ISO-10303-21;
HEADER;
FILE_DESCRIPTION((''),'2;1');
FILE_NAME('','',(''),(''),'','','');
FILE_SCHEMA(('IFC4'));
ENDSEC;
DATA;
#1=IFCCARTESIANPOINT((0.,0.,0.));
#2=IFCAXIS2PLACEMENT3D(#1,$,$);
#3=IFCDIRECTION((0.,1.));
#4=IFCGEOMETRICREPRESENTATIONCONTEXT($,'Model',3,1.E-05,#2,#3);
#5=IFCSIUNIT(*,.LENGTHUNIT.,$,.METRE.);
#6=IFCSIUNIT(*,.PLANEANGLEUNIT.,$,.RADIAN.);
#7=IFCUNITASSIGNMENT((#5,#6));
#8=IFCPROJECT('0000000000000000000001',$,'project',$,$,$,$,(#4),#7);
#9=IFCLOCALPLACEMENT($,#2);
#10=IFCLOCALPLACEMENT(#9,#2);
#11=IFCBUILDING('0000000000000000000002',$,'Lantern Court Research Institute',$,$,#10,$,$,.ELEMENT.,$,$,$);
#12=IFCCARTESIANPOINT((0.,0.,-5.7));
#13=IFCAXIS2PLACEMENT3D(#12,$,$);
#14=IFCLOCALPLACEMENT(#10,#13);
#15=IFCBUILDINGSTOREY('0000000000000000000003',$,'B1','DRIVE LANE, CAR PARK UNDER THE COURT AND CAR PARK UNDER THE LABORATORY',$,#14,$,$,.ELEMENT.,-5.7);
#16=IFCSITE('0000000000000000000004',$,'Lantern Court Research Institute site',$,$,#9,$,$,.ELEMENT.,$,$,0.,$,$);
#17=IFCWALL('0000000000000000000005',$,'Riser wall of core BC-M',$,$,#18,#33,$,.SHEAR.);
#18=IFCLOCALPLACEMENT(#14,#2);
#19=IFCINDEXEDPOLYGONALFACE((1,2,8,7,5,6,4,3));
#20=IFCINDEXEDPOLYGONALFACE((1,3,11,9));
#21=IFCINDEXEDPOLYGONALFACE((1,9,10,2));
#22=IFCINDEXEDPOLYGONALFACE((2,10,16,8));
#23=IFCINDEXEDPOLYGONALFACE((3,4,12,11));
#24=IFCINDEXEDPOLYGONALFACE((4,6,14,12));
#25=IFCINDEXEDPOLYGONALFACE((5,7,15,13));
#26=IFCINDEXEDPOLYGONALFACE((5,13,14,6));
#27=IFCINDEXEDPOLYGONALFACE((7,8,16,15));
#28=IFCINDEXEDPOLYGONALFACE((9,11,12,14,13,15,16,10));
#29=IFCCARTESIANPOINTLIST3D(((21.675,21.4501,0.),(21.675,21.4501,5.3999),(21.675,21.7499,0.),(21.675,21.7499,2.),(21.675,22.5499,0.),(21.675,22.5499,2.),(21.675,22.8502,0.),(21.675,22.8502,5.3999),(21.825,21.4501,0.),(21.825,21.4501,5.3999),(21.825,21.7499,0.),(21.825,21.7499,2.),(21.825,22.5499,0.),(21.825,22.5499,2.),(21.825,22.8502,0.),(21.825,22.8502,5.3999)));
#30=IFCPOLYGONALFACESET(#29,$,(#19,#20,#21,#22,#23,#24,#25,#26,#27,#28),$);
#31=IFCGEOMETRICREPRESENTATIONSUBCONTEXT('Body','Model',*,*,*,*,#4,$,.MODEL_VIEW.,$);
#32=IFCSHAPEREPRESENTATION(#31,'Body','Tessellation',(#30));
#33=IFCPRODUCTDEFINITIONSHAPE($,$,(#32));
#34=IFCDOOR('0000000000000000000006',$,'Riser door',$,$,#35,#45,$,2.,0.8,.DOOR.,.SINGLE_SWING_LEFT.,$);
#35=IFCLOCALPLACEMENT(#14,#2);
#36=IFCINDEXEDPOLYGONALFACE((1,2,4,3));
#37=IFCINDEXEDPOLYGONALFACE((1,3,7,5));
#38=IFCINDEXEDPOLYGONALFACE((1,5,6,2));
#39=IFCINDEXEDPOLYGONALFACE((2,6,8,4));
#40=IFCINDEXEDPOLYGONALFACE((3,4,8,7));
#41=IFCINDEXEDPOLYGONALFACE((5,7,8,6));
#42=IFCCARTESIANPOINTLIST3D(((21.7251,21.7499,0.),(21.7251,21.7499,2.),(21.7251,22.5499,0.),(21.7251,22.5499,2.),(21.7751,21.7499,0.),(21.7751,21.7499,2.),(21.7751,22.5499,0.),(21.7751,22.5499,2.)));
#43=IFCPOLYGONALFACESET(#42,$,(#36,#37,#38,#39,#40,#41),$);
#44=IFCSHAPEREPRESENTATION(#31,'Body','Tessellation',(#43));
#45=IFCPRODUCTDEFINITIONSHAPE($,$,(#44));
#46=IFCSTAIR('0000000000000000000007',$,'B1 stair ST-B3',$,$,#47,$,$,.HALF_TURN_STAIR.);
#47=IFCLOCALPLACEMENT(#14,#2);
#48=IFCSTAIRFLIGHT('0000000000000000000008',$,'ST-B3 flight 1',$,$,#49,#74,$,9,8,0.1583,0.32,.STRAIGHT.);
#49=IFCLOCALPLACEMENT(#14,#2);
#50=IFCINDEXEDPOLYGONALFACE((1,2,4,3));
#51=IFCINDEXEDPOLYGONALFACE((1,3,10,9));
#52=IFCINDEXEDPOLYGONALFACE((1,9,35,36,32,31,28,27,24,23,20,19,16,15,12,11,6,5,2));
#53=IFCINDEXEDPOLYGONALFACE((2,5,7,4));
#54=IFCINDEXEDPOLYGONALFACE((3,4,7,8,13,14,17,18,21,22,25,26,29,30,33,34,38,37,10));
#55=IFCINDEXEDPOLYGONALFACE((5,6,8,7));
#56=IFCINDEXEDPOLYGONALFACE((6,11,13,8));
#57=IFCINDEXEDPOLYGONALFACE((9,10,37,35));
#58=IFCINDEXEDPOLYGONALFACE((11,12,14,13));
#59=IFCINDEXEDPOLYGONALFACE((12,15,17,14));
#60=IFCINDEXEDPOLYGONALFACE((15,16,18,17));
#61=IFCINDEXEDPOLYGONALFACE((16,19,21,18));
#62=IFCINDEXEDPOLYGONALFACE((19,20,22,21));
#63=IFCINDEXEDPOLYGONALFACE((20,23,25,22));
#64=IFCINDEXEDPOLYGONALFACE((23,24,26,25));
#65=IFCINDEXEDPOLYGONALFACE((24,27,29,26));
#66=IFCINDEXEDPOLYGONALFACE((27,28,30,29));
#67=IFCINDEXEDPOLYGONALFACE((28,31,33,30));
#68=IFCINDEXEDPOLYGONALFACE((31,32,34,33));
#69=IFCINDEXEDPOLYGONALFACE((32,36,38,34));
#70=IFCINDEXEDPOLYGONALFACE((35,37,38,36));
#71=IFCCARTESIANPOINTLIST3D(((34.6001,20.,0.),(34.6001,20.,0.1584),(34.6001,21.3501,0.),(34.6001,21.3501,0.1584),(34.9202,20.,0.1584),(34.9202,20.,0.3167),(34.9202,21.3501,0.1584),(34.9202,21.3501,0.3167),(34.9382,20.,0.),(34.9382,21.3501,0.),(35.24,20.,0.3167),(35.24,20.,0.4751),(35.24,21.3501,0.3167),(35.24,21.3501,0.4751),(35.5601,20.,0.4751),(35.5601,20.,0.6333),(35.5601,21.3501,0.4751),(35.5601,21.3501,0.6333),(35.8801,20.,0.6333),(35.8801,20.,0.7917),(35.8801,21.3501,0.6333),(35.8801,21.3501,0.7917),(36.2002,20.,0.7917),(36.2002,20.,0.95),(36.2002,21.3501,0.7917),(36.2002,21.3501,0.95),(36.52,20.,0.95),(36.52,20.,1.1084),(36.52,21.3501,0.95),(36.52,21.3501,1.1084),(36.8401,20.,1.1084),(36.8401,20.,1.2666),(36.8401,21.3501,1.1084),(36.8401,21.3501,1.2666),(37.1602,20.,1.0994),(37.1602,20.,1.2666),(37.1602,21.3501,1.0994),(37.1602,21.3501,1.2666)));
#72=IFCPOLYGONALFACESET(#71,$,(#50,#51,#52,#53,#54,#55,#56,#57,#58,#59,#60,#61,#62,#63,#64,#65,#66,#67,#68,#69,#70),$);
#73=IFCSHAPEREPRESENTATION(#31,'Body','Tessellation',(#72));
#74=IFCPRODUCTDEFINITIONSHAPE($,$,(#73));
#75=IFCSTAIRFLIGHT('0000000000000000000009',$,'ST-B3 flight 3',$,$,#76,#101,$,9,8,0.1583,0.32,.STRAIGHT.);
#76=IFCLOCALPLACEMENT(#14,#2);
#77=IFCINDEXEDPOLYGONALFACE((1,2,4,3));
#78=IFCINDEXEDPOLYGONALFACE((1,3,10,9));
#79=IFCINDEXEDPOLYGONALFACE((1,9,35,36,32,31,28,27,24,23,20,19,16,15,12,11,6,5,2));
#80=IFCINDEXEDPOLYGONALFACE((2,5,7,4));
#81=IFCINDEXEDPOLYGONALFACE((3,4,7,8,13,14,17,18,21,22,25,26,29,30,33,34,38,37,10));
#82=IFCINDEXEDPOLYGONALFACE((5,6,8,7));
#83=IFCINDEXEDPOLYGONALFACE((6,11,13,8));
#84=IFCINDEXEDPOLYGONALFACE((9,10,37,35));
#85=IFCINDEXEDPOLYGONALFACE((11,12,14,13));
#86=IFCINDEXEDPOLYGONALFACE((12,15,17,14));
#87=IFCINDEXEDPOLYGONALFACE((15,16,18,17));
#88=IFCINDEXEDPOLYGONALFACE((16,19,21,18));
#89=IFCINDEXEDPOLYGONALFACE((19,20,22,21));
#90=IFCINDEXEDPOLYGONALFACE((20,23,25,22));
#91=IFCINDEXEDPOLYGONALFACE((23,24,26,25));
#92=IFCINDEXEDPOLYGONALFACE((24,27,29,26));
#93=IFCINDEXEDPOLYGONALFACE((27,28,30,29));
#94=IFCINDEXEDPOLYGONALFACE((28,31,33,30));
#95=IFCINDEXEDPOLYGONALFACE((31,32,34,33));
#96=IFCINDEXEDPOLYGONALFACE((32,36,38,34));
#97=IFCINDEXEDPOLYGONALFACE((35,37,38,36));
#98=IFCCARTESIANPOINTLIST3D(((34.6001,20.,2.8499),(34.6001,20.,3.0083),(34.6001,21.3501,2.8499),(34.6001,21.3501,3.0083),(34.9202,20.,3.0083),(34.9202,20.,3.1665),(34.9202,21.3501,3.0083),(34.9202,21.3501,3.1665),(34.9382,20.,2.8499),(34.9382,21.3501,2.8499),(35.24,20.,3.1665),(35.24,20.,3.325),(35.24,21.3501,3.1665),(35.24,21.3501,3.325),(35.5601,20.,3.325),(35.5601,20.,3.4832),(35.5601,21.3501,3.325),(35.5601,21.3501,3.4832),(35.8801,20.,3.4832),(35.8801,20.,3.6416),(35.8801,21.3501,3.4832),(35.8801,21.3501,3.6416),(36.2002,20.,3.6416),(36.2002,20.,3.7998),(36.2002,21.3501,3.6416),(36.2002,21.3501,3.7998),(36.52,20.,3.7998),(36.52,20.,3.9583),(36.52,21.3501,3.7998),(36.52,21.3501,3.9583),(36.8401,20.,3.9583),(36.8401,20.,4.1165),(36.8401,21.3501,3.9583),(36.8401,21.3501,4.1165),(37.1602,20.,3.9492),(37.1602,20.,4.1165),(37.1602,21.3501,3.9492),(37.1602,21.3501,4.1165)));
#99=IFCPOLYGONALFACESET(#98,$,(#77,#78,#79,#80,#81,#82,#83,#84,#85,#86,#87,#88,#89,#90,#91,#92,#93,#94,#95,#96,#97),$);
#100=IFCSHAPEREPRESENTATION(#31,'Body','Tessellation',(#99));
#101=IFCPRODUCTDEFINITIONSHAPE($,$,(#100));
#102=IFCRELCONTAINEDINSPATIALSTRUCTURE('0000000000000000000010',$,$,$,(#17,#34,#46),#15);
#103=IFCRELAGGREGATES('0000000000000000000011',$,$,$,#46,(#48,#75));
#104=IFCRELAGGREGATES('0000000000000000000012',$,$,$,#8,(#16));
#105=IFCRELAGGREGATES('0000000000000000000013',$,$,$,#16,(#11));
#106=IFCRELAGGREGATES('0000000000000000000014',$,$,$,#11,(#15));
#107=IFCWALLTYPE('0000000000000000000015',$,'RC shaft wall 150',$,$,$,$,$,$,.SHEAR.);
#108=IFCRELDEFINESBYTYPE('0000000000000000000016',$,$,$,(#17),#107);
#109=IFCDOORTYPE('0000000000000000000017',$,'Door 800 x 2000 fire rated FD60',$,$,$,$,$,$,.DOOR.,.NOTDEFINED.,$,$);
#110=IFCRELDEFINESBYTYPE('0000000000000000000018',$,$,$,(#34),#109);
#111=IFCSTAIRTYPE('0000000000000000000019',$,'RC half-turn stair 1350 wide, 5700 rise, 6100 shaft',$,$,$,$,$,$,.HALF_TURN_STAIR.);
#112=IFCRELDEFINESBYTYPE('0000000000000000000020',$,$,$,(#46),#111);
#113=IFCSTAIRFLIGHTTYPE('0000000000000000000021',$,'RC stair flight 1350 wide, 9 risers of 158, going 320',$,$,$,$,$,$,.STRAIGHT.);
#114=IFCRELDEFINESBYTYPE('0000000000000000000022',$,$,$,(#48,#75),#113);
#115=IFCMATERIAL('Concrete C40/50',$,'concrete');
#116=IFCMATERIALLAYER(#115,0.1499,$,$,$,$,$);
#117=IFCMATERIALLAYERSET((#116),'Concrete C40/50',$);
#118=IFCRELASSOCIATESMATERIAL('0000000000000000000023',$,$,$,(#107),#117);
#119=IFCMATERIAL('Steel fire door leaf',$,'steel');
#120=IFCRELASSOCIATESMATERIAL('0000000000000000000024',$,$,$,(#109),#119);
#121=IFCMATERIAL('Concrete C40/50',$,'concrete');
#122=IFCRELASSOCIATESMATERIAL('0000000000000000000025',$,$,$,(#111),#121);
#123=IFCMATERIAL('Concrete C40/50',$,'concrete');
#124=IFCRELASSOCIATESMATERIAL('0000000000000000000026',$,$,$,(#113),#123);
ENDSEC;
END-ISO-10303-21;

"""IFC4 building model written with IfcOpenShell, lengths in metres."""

from ifc_helpers import new_model, si_unit, direction, frame, frame_2d, origin, place, context, subcontext, project, spatial, polyline, rectangle, outline, extrude, material, layer, layer_set, type_object, element, fill, aggregate, save


model = new_model("IFC4")

# Units and contexts
model_context = context("Model", 3, precision=1e-05, world=origin(), true_north=direction((0.0, 1.0)))
body_context = subcontext(model_context, "Body", "Model", "MODEL_VIEW")
ifc_project = project(units=[si_unit("LENGTHUNIT", "METRE"), si_unit("PLANEANGLEUNIT", "RADIAN")], contexts=[model_context])

# Site, building, storey
site_placement = place(None, origin())
site = spatial("IfcSite", under=ifc_project, at=site_placement, Name="Lantern Court Research Institute site", CompositionType="ELEMENT", RefElevation=0.0)
building_placement = place(site_placement, origin())
building = spatial("IfcBuilding", under=site, at=building_placement, Name="Lantern Court Research Institute", CompositionType="ELEMENT")
storey_placement = place(building_placement, frame((0.0, 0.0, -5.7)))
storey = spatial("IfcBuildingStorey", under=building, at=storey_placement, Name="B1", Description="DRIVE LANE, CAR PARK UNDER THE COURT AND CAR PARK UNDER THE LABORATORY", CompositionType="ELEMENT", Elevation=-5.7)

# Wall, opening, door
ifc_material_1 = material(Name="Concrete C40/50", Category="concrete")
ifc_layer_1 = layer(ifc_material_1, 0.1499)
ifc_layer_set_1 = layer_set([ifc_layer_1], Name="Concrete C40/50")
wall_type_1 = type_object("IfcWallType", Name="RC shaft wall 150", PredefinedType="SHEAR", material=ifc_layer_set_1)
wall_1_placement = place(storey_placement, frame((21.75, 21.45, 0.0), z_axis=(0.0, 0.0, 1.0), x_axis=(0.0, 1.0, 0.0)))
wall_1 = element("IfcWall", 1, at=wall_1_placement, inside=storey, type_object=wall_type_1, Name="Riser wall of core BC-M", PredefinedType="SHEAR", context=body_context, shape_type="SweptSolid", body=[
    extrude(rectangle(XDim=1.4001, YDim=0.1499, at=frame_2d((0.7002, 0.0))), origin(), (0.0, 0.0, 1.0), 5.3999),
])
opening_placement = place(wall_1_placement, frame((0.3, 0.0, 0.0)))
opening = element("IfcOpeningElement", 2, at=opening_placement, cuts=wall_1, PredefinedType="OPENING", context=body_context, shape_type="SweptSolid", body=[
    extrude(rectangle(XDim=0.8, YDim=2.0, at=frame_2d((0.3999, 1.0))), frame((0.0, 0.085, 0.0), z_axis=(0.0, -1.0, 0.0), x_axis=(1.0, 0.0, 0.0)), (0.0, 0.0, 1.0), 0.1699),
])
ifc_material_2 = material(Name="Steel fire door leaf", Category="steel")
door_type = type_object("IfcDoorType", Name="Door 800 x 2000 fire rated FD60", OperationType="NOTDEFINED", PredefinedType="DOOR", material=ifc_material_2)
door_placement = place(opening_placement, origin())
door = element("IfcDoor", 3, at=door_placement, inside=storey, type_object=door_type, Name="Riser door", OperationType="SINGLE_SWING_LEFT", OverallHeight=2.0, OverallWidth=0.8, PredefinedType="DOOR", context=body_context, shape_type="SweptSolid", body=[
    extrude(rectangle(XDim=0.8, YDim=2.0, at=frame_2d((0.3999, 1.0))), frame((0.0, 0.0249, 0.0), z_axis=(0.0, -1.0, 0.0), x_axis=(1.0, 0.0, 0.0)), (0.0, 0.0, 1.0), 0.05),
])
fill(opening, door)

# Stair, stair flights
ifc_material_3 = material(Name="Concrete C40/50", Category="concrete")
stair_type = type_object("IfcStairType", Name="RC half-turn stair 1350 wide, 5700 rise, 6100 shaft", PredefinedType="HALF_TURN_STAIR", material=ifc_material_3)
stair_placement = place(storey_placement, origin())
stair = element("IfcStair", 4, at=stair_placement, inside=storey, type_object=stair_type, Name="B1 stair ST-B3", PredefinedType="HALF_TURN_STAIR")
ifc_material_4 = material(Name="Concrete C40/50", Category="concrete")
stair_flight_type = type_object("IfcStairFlightType", Name="RC stair flight 1350 wide, 9 risers of 158, going 320", PredefinedType="STRAIGHT", material=ifc_material_4)
stair_flight_1_placement = place(storey_placement, frame((34.6001, 20.675, 0.0), z_axis=(0.0, 0.0, 1.0), x_axis=(1.0, 0.0, 0.0)))
stair_flight_1 = element("IfcStairFlight", 5, at=stair_flight_1_placement, type_object=stair_flight_type, Name="ST-B3 flight 1", NumberOfRisers=9, NumberOfTreads=8, PredefinedType="STRAIGHT", RiserHeight=0.1583, TreadLength=0.32, context=body_context, shape_type="SweptSolid", body=[
    extrude(outline(polyline([(0.0, 0.0), (0.0, 0.1584), (0.3201, 0.1584), (0.3201, 0.3167), (0.6399, 0.3167), (0.6399, 0.4751), (0.96, 0.4751), (0.96, 0.6333), (1.28, 0.6333), (1.28, 0.7917), (1.6001, 0.7917), (1.6001, 0.95), (1.9199, 0.95), (1.9199, 1.1084), (2.24, 1.1084), (2.24, 1.2666), (2.5601, 1.2666), (2.5601, 1.425), (2.5601, 1.0994), (0.3381, 0.0), (0.0, 0.0)])), frame((0.0, 0.675, 0.0), z_axis=(0.0, -1.0, 0.0), x_axis=(1.0, 0.0, 0.0)), (0.0, 0.0, 1.0), 1.3501),
])
stair_flight_2_placement = place(storey_placement, frame((34.6001, 20.675, 2.8499), z_axis=(0.0, 0.0, 1.0), x_axis=(1.0, 0.0, 0.0)))
stair_flight_2 = element("IfcStairFlight", 6, at=stair_flight_2_placement, type_object=stair_flight_type, Name="ST-B3 flight 3", NumberOfRisers=9, NumberOfTreads=8, PredefinedType="STRAIGHT", RiserHeight=0.1583, TreadLength=0.32, context=body_context, shape_type="SweptSolid", body=[
    extrude(outline(polyline([(0.0, 0.0), (0.0, 0.1584), (0.3201, 0.1584), (0.3201, 0.3167), (0.6399, 0.3167), (0.6399, 0.4751), (0.96, 0.4751), (0.96, 0.6333), (1.28, 0.6333), (1.28, 0.7917), (1.6001, 0.7917), (1.6001, 0.95), (1.9199, 0.95), (1.9199, 1.1084), (2.24, 1.1084), (2.24, 1.2666), (2.5601, 1.2666), (2.5601, 1.425), (2.5601, 1.0994), (0.3381, 0.0), (0.0, 0.0)])), frame((0.0, 0.675, 0.0), z_axis=(0.0, -1.0, 0.0), x_axis=(1.0, 0.0, 0.0)), (0.0, 0.0, 1.0), 1.3501),
])
aggregate(stair, [stair_flight_1, stair_flight_2])

save(model, "model.ifc")
